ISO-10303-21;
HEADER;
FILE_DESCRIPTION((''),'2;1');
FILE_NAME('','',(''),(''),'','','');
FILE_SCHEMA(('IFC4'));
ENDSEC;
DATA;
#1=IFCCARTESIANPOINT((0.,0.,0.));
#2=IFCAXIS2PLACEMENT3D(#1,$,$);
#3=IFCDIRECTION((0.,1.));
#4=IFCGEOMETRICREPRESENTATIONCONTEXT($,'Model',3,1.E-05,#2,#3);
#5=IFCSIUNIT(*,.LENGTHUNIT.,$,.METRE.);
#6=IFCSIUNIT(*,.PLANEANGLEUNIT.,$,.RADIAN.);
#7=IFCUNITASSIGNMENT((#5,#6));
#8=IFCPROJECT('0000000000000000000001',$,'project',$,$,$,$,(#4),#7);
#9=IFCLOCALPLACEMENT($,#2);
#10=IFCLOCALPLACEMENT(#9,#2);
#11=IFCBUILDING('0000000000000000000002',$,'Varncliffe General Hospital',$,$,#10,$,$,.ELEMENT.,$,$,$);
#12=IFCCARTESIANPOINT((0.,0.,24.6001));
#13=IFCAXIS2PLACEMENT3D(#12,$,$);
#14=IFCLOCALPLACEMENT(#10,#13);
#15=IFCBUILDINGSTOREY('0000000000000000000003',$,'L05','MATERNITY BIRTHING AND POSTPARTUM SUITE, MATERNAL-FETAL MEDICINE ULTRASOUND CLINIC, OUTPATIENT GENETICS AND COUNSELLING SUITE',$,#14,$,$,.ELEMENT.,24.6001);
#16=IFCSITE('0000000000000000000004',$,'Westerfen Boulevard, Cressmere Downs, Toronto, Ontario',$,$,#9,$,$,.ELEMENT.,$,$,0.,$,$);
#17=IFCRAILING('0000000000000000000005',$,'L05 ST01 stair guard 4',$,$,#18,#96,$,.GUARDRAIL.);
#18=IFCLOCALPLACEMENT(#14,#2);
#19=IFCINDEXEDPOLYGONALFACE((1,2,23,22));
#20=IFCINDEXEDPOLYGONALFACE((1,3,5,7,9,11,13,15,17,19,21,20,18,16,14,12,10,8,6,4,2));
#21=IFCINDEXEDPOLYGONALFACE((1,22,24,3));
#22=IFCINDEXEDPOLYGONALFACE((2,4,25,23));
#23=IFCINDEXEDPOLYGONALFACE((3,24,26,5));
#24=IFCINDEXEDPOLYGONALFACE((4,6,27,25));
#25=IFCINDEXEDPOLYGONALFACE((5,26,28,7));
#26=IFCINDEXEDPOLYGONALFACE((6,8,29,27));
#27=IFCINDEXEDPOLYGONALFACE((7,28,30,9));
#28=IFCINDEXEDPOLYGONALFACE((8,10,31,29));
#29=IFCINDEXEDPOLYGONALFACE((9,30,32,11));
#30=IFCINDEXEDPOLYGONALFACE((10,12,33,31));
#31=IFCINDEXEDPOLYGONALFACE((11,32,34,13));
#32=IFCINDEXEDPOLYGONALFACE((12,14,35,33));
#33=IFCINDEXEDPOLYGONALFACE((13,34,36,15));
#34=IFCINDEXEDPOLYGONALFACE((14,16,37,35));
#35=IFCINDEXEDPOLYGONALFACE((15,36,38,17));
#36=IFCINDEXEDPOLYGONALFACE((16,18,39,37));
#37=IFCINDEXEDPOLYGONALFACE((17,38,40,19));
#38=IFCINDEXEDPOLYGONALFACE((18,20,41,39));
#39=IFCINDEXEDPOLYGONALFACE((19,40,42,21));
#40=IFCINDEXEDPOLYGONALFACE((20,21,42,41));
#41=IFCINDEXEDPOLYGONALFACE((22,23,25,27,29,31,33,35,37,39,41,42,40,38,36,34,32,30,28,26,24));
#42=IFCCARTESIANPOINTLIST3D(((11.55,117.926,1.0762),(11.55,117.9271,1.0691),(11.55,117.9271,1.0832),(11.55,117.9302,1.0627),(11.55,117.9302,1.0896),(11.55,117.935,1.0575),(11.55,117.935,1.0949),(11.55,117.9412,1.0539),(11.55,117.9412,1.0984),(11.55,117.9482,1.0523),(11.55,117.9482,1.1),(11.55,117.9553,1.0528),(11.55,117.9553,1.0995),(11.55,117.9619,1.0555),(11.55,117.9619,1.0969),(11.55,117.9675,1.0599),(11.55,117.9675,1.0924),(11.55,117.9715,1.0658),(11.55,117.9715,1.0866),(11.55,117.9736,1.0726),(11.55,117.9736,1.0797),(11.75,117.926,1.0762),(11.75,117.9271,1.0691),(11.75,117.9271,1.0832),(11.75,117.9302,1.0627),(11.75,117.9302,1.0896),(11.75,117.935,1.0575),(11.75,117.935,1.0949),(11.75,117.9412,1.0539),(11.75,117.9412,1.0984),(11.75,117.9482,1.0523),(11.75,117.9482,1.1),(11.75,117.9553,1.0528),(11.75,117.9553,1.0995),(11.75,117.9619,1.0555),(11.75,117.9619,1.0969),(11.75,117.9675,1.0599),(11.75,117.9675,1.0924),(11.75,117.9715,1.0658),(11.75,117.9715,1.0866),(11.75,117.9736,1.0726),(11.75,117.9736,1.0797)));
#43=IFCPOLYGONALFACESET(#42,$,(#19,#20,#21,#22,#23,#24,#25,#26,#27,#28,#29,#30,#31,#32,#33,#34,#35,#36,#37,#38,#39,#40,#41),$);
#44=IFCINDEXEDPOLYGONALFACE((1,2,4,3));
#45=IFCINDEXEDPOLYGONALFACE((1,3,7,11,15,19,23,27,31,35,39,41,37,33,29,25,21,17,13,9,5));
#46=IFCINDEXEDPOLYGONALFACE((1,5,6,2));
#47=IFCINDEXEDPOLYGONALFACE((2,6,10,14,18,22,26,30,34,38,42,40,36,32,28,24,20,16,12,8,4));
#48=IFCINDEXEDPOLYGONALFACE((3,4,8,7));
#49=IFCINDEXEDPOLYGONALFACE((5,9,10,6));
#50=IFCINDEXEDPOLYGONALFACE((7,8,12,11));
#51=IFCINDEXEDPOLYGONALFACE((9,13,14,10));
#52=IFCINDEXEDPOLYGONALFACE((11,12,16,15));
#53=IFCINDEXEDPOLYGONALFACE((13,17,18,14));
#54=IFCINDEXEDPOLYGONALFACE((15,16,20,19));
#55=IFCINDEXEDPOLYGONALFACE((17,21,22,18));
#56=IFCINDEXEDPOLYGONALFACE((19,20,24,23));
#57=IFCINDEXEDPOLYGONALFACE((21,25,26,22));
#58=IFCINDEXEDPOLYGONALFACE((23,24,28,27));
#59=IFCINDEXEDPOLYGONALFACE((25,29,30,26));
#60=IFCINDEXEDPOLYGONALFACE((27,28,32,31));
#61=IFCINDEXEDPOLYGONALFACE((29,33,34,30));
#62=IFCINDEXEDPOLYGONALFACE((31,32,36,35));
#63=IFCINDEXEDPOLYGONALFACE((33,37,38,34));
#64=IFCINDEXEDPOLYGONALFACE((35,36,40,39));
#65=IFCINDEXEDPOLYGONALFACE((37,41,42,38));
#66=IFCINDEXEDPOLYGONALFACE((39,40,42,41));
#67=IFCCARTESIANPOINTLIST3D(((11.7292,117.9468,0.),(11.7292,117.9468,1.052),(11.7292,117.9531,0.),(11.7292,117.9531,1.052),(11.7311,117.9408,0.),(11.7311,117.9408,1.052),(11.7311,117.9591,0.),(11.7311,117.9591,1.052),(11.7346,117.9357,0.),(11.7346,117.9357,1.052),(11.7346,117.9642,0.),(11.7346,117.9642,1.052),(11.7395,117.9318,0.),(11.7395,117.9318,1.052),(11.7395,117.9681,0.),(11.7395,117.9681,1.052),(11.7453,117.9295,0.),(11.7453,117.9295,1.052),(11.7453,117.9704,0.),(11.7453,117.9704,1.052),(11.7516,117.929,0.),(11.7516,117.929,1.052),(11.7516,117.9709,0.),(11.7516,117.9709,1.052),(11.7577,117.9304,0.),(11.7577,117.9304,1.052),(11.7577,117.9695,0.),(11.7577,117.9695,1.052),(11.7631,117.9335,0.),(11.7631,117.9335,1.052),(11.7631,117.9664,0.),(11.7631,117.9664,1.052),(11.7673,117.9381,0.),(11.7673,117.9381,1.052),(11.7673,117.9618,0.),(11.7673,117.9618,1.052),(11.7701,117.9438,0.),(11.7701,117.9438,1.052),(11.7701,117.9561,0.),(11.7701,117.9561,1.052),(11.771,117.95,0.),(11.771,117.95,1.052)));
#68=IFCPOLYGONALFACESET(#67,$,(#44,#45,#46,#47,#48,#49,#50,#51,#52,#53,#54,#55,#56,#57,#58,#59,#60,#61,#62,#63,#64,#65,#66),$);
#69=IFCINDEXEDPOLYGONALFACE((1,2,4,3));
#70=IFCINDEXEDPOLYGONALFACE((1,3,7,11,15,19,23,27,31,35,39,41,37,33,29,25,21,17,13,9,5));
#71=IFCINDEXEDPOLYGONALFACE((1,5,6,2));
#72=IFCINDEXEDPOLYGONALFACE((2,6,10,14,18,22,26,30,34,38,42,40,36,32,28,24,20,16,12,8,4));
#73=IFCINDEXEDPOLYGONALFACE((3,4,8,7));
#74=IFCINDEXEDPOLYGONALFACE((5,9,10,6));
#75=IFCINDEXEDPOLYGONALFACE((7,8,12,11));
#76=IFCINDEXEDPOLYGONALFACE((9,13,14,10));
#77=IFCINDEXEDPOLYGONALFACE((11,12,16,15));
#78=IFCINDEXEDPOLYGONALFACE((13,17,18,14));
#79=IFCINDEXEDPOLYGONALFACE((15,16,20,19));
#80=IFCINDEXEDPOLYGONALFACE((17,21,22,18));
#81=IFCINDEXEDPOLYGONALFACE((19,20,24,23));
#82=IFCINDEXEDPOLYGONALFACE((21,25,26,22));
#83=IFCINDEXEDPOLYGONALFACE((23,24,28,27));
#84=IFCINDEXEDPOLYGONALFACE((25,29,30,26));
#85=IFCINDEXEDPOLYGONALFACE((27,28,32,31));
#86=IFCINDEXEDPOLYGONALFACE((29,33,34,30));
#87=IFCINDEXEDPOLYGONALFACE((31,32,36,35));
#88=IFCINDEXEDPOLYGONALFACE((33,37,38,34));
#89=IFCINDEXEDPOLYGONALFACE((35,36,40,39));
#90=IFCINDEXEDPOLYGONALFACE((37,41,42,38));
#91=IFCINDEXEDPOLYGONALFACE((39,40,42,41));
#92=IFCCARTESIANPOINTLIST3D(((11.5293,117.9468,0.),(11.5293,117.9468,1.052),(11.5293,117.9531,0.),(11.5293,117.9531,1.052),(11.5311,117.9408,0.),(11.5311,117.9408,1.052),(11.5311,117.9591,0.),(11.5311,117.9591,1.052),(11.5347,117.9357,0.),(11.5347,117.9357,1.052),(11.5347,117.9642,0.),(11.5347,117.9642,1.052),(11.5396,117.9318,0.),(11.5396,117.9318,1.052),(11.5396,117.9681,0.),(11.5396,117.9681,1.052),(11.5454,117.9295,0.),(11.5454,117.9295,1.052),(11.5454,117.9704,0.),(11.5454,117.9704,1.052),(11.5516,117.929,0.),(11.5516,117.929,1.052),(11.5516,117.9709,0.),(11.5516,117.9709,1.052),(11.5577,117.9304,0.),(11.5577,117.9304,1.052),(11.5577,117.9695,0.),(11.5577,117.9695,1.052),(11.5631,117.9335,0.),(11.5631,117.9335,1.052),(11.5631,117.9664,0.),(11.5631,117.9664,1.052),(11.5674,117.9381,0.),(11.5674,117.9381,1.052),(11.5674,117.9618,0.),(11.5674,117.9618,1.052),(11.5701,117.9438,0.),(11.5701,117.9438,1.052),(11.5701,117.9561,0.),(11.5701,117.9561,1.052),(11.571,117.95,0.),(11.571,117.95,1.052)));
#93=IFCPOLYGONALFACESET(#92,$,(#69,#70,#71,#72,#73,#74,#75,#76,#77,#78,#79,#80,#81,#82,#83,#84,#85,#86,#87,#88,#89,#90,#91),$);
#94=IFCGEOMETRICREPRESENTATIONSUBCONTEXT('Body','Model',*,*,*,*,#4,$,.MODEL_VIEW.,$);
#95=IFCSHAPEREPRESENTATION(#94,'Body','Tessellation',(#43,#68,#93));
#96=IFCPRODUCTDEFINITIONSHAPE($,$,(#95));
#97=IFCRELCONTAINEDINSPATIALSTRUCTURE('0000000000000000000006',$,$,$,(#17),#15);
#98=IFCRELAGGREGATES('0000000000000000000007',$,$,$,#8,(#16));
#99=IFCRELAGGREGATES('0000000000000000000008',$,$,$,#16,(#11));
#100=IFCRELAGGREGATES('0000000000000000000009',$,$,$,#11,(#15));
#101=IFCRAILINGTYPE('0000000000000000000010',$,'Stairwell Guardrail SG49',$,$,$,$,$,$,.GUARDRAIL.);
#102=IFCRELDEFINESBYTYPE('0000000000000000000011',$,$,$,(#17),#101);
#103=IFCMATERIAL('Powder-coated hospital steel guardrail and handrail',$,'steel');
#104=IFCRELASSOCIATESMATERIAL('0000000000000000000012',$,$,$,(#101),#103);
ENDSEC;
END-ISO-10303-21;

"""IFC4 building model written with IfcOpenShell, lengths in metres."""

from ifc_helpers import new_model, si_unit, direction, frame, origin, origin_2d, place, context, subcontext, project, spatial, circle, extrude, material, type_object, element, save


model = new_model("IFC4")

# Units and contexts
model_context = context("Model", 3, precision=1e-05, world=origin(), true_north=direction((0.0, 1.0)))
body_context = subcontext(model_context, "Body", "Model", "MODEL_VIEW")
ifc_project = project(units=[si_unit("LENGTHUNIT", "METRE"), si_unit("PLANEANGLEUNIT", "RADIAN")], contexts=[model_context])

# Site, building, storey
site_placement = place(None, origin())
site = spatial("IfcSite", under=ifc_project, at=site_placement, Name="Westerfen Boulevard, Cressmere Downs, Toronto, Ontario", CompositionType="ELEMENT", RefElevation=0.0)
building_placement = place(site_placement, origin())
building = spatial("IfcBuilding", under=site, at=building_placement, Name="Varncliffe General Hospital", CompositionType="ELEMENT")
storey_placement = place(building_placement, frame((0.0, 0.0, 24.6001)))
storey = spatial("IfcBuildingStorey", under=building, at=storey_placement, Name="L05", Description="MATERNITY BIRTHING AND POSTPARTUM SUITE, MATERNAL-FETAL MEDICINE ULTRASOUND CLINIC, OUTPATIENT GENETICS AND COUNSELLING SUITE", CompositionType="ELEMENT", Elevation=24.6001)

# Railing
ifc_material_1 = material(Name="Powder-coated hospital steel guardrail and handrail", Category="steel")
railing_type_1 = type_object("IfcRailingType", Name="Stairwell Guardrail SG49", PredefinedType="GUARDRAIL", material=ifc_material_1)
railing_1_placement = place(storey_placement, frame((11.75, 117.95, 0.0)))
element("IfcRailing", 1, at=railing_1_placement, inside=storey, type_object=railing_type_1, Name="L05 ST01 stair guard 4", PredefinedType="GUARDRAIL", context=body_context, shape_type="SweptSolid", body=[
    extrude(circle(Radius=0.0239, at=origin_2d()), frame((0.0, 0.0, 1.0762), z_axis=(-1.0, 0.0, 0.0), x_axis=(0.0, -1.0, 0.0)), (0.0, 0.0, 1.0), 0.2),
    extrude(circle(Radius=0.021, at=origin_2d()), origin(), (0.0, 0.0, 1.0), 1.052),
    extrude(circle(Radius=0.021, at=origin_2d()), frame((-0.2, 0.0, 0.0)), (0.0, 0.0, 1.0), 1.052),
])

save(model, "model.ifc")
